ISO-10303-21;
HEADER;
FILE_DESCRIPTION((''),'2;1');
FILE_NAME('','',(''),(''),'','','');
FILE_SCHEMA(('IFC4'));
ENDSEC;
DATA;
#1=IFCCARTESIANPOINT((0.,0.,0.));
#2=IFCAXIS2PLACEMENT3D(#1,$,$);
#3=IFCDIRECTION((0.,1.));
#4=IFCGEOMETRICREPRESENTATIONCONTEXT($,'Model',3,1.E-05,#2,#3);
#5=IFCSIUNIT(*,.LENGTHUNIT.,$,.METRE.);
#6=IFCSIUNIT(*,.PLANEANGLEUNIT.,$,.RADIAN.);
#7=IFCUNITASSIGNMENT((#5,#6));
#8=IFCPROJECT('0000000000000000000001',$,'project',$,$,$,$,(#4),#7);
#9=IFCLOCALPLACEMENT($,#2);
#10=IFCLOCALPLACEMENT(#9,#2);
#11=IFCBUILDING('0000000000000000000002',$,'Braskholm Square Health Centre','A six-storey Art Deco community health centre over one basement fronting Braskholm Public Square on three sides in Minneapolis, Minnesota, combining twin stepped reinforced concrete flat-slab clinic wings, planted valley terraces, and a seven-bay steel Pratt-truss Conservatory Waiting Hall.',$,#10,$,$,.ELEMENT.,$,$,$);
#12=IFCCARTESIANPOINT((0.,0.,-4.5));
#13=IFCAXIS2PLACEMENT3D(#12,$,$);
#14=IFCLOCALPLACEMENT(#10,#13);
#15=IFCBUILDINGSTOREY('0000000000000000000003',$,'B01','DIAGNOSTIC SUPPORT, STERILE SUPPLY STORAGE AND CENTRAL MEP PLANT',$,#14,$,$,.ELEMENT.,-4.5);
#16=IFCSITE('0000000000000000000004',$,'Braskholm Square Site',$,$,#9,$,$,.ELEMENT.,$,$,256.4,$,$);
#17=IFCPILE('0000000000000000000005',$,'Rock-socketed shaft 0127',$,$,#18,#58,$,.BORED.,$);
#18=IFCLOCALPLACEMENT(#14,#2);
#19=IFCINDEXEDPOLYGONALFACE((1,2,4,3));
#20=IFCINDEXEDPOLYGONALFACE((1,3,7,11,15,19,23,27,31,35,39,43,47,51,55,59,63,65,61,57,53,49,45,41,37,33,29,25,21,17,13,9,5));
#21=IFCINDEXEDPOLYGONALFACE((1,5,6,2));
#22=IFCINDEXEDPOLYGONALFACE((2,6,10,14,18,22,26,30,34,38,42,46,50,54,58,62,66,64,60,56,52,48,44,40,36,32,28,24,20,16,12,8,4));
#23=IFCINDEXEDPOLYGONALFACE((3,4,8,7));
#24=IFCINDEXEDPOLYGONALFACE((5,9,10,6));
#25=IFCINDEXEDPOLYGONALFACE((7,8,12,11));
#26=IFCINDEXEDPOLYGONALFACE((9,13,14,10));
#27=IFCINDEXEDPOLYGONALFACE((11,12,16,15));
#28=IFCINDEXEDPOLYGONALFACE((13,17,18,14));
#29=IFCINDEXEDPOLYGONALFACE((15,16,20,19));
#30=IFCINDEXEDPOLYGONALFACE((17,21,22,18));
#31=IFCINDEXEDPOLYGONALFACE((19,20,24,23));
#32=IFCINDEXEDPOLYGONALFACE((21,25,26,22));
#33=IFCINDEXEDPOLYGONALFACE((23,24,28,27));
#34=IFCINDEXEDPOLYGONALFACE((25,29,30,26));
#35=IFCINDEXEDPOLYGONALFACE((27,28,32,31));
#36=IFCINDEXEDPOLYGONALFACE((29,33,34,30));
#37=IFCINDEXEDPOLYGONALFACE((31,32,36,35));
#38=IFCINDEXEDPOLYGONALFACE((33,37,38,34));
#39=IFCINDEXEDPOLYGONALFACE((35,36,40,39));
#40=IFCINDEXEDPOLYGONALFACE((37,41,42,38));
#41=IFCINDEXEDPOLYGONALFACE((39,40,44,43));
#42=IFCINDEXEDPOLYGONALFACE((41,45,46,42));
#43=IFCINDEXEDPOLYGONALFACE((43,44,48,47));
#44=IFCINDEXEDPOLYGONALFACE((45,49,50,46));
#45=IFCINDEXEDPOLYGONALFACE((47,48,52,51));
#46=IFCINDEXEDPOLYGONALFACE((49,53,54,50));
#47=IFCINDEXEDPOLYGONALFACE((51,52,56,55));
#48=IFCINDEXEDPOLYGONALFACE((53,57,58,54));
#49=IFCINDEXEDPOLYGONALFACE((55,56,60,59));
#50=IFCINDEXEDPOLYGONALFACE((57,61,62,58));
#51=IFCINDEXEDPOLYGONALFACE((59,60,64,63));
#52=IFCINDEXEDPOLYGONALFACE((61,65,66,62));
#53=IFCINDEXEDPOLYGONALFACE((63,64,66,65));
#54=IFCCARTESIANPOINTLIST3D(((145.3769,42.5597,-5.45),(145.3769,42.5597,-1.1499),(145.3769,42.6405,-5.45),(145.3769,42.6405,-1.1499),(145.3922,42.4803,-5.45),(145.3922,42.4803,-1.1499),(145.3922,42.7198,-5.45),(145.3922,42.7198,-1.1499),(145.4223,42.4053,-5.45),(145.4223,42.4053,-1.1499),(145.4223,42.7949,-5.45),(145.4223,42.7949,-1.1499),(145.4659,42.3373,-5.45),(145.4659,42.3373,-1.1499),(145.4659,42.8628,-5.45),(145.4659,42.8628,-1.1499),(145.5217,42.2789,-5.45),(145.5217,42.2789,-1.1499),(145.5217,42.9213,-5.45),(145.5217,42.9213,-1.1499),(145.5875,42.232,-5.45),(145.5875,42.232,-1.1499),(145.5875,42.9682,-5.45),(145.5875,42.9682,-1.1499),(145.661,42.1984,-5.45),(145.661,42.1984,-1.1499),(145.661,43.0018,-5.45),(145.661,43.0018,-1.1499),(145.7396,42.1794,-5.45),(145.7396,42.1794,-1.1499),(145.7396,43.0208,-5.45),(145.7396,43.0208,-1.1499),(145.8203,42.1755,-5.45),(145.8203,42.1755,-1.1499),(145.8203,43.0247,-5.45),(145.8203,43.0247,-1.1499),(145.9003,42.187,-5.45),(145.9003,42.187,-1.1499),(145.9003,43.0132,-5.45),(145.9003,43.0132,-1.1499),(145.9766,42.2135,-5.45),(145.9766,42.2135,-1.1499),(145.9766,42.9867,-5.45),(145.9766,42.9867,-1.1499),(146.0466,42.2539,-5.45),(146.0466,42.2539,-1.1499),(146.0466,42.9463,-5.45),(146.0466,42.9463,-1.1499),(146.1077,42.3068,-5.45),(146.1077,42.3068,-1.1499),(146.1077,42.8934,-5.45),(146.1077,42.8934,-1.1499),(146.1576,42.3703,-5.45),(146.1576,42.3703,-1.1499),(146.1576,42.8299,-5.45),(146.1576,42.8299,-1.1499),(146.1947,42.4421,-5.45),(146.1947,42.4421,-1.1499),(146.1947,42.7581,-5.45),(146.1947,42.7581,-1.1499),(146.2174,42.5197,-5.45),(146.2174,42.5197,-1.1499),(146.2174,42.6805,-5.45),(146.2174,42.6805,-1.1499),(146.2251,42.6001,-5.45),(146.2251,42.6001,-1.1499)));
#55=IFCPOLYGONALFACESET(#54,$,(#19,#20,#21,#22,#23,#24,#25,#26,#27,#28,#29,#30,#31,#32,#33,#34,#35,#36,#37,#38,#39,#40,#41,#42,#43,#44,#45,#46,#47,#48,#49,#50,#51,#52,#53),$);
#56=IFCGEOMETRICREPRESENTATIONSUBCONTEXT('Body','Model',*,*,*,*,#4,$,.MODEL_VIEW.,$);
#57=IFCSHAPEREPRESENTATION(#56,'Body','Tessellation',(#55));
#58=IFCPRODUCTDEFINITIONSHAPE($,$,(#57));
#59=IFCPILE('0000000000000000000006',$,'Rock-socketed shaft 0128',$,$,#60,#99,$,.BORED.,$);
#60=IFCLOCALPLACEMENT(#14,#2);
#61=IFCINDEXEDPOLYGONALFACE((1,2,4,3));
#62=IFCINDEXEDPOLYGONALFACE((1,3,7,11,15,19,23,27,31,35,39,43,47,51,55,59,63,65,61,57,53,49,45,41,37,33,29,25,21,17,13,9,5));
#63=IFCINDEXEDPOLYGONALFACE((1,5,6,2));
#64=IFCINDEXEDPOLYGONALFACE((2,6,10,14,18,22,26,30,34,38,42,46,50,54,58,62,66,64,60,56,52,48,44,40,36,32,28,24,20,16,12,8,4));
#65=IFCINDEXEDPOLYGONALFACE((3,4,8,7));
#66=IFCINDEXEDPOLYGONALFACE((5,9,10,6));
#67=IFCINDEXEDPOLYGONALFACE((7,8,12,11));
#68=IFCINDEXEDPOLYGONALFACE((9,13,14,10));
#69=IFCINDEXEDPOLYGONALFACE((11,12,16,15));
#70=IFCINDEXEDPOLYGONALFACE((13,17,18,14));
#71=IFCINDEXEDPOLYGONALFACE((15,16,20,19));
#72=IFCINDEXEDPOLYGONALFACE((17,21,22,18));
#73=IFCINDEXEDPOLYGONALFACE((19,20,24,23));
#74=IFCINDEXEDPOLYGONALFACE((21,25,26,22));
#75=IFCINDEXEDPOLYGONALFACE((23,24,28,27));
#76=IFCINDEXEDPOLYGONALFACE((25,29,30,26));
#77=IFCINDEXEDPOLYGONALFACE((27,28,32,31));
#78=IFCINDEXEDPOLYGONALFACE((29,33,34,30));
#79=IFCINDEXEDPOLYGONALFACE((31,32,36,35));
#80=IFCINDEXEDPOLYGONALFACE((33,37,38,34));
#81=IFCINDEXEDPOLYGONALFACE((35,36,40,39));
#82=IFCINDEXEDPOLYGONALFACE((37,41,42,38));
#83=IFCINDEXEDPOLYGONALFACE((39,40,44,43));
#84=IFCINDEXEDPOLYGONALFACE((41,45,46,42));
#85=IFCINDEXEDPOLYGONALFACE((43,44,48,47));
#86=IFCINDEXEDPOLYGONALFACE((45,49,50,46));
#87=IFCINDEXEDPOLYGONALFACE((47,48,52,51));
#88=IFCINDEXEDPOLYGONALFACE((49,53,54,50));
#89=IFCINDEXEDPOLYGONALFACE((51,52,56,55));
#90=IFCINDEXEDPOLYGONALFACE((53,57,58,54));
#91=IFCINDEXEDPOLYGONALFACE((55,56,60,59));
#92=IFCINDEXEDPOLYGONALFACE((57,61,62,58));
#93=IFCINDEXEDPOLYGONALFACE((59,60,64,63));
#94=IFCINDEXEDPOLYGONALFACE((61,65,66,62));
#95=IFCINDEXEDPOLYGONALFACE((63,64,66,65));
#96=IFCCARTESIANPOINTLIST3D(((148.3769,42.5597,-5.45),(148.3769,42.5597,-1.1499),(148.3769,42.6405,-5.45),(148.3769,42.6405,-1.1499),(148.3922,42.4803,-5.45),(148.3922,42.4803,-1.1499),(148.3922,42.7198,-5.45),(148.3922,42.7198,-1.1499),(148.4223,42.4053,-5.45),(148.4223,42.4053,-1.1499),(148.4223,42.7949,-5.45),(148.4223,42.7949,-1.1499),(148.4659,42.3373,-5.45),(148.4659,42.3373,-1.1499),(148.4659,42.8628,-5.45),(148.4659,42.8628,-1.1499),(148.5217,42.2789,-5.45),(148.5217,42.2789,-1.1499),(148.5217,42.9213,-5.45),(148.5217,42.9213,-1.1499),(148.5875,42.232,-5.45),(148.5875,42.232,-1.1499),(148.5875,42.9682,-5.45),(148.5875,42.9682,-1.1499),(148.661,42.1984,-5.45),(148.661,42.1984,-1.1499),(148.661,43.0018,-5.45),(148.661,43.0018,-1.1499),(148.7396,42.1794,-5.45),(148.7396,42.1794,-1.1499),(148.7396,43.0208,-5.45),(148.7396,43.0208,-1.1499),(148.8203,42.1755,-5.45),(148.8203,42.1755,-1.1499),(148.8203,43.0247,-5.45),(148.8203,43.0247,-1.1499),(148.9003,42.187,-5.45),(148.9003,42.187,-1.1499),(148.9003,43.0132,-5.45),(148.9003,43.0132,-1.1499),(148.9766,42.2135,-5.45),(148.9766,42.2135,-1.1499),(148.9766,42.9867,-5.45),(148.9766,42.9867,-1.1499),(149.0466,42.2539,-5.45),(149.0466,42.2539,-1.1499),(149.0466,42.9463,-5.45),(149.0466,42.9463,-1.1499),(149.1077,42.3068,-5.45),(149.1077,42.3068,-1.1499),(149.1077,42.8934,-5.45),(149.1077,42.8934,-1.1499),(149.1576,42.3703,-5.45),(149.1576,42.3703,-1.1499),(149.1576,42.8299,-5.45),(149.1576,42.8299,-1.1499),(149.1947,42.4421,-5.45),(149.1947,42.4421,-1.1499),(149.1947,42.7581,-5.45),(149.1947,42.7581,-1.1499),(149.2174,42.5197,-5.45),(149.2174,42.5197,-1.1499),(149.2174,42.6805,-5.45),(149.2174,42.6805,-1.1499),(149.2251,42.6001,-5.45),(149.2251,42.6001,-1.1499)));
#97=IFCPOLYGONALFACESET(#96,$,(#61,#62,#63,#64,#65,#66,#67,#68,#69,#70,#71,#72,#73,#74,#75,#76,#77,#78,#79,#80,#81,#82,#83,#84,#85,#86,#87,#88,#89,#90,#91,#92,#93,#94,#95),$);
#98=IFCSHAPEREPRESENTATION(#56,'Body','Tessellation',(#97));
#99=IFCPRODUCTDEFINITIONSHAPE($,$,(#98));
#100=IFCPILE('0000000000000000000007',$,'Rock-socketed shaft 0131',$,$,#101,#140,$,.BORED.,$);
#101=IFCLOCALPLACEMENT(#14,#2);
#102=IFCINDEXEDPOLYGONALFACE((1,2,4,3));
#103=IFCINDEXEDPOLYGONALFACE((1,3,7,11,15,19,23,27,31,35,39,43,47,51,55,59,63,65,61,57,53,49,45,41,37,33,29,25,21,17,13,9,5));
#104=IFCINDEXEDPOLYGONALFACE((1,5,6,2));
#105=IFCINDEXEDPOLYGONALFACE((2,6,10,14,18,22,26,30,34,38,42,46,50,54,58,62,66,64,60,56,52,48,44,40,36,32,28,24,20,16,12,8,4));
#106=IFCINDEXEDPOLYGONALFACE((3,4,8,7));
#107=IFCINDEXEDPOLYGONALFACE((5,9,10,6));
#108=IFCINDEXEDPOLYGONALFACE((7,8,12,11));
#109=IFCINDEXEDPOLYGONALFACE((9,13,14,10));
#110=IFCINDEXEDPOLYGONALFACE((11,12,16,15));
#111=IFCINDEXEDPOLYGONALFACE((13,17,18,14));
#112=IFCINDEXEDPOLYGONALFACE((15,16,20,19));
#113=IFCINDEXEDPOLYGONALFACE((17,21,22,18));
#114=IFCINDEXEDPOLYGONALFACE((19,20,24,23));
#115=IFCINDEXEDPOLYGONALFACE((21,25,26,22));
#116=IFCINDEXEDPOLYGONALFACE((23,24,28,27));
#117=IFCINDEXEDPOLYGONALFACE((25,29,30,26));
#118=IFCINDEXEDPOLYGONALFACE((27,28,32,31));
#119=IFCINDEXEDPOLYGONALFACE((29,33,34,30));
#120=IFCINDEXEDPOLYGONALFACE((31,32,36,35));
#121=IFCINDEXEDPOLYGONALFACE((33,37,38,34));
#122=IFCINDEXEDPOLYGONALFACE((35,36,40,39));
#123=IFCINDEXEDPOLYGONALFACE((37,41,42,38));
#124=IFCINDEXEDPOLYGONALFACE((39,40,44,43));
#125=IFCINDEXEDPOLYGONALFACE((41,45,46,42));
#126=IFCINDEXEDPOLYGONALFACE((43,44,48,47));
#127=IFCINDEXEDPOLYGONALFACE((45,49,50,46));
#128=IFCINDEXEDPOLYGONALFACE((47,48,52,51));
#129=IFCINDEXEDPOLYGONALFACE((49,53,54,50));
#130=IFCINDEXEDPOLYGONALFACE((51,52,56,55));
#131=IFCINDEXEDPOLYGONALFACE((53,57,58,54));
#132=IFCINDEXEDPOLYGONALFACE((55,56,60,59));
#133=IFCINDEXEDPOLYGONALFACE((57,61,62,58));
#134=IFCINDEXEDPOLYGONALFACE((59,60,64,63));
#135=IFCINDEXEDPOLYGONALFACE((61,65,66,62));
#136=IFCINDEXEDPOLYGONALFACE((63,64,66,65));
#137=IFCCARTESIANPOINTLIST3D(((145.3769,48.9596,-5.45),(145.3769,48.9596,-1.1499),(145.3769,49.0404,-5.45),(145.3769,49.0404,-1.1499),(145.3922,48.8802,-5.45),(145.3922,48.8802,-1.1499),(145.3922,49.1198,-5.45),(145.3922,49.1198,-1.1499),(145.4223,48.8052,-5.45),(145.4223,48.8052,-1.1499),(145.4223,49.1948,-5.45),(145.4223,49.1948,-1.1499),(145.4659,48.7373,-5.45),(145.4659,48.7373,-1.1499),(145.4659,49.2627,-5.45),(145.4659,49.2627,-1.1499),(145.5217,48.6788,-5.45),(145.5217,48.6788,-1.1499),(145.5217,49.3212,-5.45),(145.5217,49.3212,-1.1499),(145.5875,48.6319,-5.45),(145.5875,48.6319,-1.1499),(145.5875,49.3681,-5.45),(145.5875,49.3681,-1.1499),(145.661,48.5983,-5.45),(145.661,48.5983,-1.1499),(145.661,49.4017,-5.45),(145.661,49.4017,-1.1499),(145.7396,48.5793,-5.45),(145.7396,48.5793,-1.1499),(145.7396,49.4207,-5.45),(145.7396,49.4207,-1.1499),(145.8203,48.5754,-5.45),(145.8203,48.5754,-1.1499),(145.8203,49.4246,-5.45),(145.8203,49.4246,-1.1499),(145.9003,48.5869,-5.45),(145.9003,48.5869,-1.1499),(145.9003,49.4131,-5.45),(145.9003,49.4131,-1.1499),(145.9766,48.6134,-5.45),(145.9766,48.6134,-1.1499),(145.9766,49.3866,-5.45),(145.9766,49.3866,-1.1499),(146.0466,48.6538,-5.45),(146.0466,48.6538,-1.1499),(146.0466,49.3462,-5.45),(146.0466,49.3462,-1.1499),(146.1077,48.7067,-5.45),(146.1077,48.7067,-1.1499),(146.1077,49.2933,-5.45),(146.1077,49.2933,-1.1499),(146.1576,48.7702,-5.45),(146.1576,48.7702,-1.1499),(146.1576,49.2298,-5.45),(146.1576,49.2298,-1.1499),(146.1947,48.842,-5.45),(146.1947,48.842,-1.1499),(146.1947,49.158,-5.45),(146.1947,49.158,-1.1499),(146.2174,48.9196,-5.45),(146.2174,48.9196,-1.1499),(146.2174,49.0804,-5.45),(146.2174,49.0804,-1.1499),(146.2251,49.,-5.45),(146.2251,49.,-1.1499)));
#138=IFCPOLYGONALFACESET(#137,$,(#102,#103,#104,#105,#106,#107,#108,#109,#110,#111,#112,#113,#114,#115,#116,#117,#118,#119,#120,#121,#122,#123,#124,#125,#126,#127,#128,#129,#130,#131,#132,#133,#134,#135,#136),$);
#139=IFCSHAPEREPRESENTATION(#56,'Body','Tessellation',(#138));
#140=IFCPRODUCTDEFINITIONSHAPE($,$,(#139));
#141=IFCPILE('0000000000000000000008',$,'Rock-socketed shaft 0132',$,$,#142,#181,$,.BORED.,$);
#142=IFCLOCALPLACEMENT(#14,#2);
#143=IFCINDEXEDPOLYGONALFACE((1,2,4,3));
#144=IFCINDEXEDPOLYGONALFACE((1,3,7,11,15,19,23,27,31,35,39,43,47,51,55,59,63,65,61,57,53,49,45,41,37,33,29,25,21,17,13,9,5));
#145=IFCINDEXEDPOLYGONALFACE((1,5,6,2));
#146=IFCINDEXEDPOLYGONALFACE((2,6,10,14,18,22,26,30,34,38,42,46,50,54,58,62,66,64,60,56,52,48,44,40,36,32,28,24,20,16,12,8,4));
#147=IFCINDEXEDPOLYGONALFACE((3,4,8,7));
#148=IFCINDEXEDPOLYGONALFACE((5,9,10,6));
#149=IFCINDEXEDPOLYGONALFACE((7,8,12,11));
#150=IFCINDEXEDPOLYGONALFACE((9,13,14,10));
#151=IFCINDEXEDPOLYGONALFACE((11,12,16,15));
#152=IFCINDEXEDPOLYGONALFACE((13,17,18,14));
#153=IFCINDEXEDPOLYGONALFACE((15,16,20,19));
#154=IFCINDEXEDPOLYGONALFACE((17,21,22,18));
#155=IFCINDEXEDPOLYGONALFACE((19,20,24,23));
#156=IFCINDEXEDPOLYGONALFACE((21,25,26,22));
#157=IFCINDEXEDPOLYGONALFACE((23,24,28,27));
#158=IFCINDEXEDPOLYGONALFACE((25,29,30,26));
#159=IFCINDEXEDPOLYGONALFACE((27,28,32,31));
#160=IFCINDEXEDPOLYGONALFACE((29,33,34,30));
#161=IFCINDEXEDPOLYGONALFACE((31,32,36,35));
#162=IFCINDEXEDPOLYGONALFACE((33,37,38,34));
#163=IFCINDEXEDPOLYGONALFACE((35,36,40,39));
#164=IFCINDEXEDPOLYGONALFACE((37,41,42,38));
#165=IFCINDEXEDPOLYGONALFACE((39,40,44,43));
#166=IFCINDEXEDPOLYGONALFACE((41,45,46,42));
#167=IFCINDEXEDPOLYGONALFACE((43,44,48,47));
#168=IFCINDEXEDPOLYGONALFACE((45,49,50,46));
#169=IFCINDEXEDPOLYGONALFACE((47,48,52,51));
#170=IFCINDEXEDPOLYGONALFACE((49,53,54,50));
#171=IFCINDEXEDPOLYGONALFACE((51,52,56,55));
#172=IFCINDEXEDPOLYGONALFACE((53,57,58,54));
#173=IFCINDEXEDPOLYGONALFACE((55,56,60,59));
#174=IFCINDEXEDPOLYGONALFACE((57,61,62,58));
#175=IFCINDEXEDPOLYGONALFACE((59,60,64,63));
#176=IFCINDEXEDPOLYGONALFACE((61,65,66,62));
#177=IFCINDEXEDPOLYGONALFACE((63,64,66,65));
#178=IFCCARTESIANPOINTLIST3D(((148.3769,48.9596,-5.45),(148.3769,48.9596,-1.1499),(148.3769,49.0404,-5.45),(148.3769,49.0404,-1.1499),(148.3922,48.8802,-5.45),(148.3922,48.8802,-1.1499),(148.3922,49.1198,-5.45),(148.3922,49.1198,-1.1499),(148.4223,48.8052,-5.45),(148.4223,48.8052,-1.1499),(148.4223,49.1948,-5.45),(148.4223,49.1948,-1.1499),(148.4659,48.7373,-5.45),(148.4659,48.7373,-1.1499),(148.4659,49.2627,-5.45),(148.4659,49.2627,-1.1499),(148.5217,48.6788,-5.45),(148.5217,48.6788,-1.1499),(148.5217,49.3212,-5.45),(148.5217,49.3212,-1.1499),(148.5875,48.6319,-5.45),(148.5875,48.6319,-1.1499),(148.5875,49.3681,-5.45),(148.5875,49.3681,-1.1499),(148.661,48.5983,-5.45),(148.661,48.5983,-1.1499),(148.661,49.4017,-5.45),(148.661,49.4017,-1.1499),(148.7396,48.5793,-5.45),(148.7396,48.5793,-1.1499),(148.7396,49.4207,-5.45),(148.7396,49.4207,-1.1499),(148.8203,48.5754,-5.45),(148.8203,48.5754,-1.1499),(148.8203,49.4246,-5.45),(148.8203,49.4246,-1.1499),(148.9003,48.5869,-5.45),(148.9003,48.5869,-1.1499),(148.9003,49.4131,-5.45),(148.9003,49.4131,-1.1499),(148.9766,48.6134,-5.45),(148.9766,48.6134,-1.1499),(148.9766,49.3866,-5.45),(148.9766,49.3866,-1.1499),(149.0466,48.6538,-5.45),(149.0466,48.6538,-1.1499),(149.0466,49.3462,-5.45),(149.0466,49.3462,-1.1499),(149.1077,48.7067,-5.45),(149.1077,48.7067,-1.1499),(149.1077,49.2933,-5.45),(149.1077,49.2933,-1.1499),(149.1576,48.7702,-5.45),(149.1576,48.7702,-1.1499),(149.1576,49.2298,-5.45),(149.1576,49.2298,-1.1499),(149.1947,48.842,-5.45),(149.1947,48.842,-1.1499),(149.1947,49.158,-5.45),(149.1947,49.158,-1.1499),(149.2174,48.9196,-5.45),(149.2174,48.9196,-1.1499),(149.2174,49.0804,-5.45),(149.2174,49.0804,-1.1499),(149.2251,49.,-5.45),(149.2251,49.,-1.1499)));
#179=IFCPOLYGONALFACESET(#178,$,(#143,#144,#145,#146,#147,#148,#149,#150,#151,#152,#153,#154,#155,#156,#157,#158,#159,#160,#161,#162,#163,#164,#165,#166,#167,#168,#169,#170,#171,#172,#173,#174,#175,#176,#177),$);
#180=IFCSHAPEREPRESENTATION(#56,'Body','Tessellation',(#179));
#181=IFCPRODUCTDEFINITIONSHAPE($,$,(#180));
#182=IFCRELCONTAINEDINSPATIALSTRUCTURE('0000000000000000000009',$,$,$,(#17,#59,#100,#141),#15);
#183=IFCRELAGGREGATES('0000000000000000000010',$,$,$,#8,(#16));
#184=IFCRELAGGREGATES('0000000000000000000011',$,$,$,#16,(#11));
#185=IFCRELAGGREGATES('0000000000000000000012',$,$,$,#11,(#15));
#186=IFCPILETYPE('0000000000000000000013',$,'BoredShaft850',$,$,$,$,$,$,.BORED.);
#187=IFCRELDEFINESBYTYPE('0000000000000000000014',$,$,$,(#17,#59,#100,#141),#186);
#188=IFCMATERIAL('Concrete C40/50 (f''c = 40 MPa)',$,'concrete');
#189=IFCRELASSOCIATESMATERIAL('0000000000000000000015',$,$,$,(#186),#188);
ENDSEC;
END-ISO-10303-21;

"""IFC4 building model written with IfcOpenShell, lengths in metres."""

from ifc_helpers import new_model, si_unit, direction, frame, origin, origin_2d, place, context, subcontext, project, spatial, circle, extrude, material, material_profile, profile_set, type_object, element, save


model = new_model("IFC4")

# Units and contexts
model_context = context("Model", 3, precision=1e-05, world=origin(), true_north=direction((0.0, 1.0)))
body_context = subcontext(model_context, "Body", "Model", "MODEL_VIEW")
ifc_project = project(units=[si_unit("LENGTHUNIT", "METRE"), si_unit("PLANEANGLEUNIT", "RADIAN")], contexts=[model_context])

# Site, building, storey
site_placement = place(None, origin())
site = spatial("IfcSite", under=ifc_project, at=site_placement, Name="Braskholm Square Site", CompositionType="ELEMENT", RefElevation=256.4)
building_placement = place(site_placement, origin())
building = spatial("IfcBuilding", under=site, at=building_placement, Name="Braskholm Square Health Centre", Description="A six-storey Art Deco community health centre over one basement fronting Braskholm Public Square on three sides in Minneapolis, Minnesota, combining twin stepped reinforced concrete flat-slab clinic wings, planted valley terraces, and a seven-bay steel Pratt-truss Conservatory Waiting Hall.", CompositionType="ELEMENT")
storey_placement = place(building_placement, frame((0.0, 0.0, -4.5)))
storey = spatial("IfcBuildingStorey", under=building, at=storey_placement, Name="B01", Description="DIAGNOSTIC SUPPORT, STERILE SUPPLY STORAGE AND CENTRAL MEP PLANT", CompositionType="ELEMENT", Elevation=-4.5)

# Piles
ifc_material_1 = material(Name="Concrete C40/50 (f'c = 40 MPa)", Category="concrete")
ifc_material_profile_1 = material_profile(ifc_material_1, circle(Radius=0.425, at=origin_2d()), Name="BORED-PILE-850")
ifc_profile_set_1 = profile_set([ifc_material_profile_1], Name="Concrete C40/50 (f'c = 40 MPa)")
pile_type = type_object("IfcPileType", Name="BoredShaft850", PredefinedType="BORED", material=ifc_profile_set_1)
for number, where, z_axis, x_axis, name in (
    (1, (145.8, 42.6001, -1.1499), (0.0, 0.0, -1.0), (1.0, 0.0, 0.0), "Rock-socketed shaft 0127"),
    (2, (148.8, 42.6001, -1.1499), (0.0, 0.0, -1.0), (1.0, 0.0, 0.0), "Rock-socketed shaft 0128"),
    (3, (145.8, 49.0, -1.1499), (0.0, 0.0, -1.0), (1.0, 0.0, 0.0), "Rock-socketed shaft 0131"),
    (4, (148.8, 49.0, -1.1499), (0.0, 0.0, -1.0), (1.0, 0.0, 0.0), "Rock-socketed shaft 0132"),
):
    element("IfcPile", number, at=place(storey_placement, frame(where, z_axis=z_axis, x_axis=x_axis)), inside=storey, type_object=pile_type, Name=name, PredefinedType="BORED", context=body_context, shape_type="SweptSolid", body=[
        extrude(circle(Radius=0.425, at=origin_2d()), origin(), (0.0, 0.0, 1.0), 4.3),
    ])

save(model, "model.ifc")
